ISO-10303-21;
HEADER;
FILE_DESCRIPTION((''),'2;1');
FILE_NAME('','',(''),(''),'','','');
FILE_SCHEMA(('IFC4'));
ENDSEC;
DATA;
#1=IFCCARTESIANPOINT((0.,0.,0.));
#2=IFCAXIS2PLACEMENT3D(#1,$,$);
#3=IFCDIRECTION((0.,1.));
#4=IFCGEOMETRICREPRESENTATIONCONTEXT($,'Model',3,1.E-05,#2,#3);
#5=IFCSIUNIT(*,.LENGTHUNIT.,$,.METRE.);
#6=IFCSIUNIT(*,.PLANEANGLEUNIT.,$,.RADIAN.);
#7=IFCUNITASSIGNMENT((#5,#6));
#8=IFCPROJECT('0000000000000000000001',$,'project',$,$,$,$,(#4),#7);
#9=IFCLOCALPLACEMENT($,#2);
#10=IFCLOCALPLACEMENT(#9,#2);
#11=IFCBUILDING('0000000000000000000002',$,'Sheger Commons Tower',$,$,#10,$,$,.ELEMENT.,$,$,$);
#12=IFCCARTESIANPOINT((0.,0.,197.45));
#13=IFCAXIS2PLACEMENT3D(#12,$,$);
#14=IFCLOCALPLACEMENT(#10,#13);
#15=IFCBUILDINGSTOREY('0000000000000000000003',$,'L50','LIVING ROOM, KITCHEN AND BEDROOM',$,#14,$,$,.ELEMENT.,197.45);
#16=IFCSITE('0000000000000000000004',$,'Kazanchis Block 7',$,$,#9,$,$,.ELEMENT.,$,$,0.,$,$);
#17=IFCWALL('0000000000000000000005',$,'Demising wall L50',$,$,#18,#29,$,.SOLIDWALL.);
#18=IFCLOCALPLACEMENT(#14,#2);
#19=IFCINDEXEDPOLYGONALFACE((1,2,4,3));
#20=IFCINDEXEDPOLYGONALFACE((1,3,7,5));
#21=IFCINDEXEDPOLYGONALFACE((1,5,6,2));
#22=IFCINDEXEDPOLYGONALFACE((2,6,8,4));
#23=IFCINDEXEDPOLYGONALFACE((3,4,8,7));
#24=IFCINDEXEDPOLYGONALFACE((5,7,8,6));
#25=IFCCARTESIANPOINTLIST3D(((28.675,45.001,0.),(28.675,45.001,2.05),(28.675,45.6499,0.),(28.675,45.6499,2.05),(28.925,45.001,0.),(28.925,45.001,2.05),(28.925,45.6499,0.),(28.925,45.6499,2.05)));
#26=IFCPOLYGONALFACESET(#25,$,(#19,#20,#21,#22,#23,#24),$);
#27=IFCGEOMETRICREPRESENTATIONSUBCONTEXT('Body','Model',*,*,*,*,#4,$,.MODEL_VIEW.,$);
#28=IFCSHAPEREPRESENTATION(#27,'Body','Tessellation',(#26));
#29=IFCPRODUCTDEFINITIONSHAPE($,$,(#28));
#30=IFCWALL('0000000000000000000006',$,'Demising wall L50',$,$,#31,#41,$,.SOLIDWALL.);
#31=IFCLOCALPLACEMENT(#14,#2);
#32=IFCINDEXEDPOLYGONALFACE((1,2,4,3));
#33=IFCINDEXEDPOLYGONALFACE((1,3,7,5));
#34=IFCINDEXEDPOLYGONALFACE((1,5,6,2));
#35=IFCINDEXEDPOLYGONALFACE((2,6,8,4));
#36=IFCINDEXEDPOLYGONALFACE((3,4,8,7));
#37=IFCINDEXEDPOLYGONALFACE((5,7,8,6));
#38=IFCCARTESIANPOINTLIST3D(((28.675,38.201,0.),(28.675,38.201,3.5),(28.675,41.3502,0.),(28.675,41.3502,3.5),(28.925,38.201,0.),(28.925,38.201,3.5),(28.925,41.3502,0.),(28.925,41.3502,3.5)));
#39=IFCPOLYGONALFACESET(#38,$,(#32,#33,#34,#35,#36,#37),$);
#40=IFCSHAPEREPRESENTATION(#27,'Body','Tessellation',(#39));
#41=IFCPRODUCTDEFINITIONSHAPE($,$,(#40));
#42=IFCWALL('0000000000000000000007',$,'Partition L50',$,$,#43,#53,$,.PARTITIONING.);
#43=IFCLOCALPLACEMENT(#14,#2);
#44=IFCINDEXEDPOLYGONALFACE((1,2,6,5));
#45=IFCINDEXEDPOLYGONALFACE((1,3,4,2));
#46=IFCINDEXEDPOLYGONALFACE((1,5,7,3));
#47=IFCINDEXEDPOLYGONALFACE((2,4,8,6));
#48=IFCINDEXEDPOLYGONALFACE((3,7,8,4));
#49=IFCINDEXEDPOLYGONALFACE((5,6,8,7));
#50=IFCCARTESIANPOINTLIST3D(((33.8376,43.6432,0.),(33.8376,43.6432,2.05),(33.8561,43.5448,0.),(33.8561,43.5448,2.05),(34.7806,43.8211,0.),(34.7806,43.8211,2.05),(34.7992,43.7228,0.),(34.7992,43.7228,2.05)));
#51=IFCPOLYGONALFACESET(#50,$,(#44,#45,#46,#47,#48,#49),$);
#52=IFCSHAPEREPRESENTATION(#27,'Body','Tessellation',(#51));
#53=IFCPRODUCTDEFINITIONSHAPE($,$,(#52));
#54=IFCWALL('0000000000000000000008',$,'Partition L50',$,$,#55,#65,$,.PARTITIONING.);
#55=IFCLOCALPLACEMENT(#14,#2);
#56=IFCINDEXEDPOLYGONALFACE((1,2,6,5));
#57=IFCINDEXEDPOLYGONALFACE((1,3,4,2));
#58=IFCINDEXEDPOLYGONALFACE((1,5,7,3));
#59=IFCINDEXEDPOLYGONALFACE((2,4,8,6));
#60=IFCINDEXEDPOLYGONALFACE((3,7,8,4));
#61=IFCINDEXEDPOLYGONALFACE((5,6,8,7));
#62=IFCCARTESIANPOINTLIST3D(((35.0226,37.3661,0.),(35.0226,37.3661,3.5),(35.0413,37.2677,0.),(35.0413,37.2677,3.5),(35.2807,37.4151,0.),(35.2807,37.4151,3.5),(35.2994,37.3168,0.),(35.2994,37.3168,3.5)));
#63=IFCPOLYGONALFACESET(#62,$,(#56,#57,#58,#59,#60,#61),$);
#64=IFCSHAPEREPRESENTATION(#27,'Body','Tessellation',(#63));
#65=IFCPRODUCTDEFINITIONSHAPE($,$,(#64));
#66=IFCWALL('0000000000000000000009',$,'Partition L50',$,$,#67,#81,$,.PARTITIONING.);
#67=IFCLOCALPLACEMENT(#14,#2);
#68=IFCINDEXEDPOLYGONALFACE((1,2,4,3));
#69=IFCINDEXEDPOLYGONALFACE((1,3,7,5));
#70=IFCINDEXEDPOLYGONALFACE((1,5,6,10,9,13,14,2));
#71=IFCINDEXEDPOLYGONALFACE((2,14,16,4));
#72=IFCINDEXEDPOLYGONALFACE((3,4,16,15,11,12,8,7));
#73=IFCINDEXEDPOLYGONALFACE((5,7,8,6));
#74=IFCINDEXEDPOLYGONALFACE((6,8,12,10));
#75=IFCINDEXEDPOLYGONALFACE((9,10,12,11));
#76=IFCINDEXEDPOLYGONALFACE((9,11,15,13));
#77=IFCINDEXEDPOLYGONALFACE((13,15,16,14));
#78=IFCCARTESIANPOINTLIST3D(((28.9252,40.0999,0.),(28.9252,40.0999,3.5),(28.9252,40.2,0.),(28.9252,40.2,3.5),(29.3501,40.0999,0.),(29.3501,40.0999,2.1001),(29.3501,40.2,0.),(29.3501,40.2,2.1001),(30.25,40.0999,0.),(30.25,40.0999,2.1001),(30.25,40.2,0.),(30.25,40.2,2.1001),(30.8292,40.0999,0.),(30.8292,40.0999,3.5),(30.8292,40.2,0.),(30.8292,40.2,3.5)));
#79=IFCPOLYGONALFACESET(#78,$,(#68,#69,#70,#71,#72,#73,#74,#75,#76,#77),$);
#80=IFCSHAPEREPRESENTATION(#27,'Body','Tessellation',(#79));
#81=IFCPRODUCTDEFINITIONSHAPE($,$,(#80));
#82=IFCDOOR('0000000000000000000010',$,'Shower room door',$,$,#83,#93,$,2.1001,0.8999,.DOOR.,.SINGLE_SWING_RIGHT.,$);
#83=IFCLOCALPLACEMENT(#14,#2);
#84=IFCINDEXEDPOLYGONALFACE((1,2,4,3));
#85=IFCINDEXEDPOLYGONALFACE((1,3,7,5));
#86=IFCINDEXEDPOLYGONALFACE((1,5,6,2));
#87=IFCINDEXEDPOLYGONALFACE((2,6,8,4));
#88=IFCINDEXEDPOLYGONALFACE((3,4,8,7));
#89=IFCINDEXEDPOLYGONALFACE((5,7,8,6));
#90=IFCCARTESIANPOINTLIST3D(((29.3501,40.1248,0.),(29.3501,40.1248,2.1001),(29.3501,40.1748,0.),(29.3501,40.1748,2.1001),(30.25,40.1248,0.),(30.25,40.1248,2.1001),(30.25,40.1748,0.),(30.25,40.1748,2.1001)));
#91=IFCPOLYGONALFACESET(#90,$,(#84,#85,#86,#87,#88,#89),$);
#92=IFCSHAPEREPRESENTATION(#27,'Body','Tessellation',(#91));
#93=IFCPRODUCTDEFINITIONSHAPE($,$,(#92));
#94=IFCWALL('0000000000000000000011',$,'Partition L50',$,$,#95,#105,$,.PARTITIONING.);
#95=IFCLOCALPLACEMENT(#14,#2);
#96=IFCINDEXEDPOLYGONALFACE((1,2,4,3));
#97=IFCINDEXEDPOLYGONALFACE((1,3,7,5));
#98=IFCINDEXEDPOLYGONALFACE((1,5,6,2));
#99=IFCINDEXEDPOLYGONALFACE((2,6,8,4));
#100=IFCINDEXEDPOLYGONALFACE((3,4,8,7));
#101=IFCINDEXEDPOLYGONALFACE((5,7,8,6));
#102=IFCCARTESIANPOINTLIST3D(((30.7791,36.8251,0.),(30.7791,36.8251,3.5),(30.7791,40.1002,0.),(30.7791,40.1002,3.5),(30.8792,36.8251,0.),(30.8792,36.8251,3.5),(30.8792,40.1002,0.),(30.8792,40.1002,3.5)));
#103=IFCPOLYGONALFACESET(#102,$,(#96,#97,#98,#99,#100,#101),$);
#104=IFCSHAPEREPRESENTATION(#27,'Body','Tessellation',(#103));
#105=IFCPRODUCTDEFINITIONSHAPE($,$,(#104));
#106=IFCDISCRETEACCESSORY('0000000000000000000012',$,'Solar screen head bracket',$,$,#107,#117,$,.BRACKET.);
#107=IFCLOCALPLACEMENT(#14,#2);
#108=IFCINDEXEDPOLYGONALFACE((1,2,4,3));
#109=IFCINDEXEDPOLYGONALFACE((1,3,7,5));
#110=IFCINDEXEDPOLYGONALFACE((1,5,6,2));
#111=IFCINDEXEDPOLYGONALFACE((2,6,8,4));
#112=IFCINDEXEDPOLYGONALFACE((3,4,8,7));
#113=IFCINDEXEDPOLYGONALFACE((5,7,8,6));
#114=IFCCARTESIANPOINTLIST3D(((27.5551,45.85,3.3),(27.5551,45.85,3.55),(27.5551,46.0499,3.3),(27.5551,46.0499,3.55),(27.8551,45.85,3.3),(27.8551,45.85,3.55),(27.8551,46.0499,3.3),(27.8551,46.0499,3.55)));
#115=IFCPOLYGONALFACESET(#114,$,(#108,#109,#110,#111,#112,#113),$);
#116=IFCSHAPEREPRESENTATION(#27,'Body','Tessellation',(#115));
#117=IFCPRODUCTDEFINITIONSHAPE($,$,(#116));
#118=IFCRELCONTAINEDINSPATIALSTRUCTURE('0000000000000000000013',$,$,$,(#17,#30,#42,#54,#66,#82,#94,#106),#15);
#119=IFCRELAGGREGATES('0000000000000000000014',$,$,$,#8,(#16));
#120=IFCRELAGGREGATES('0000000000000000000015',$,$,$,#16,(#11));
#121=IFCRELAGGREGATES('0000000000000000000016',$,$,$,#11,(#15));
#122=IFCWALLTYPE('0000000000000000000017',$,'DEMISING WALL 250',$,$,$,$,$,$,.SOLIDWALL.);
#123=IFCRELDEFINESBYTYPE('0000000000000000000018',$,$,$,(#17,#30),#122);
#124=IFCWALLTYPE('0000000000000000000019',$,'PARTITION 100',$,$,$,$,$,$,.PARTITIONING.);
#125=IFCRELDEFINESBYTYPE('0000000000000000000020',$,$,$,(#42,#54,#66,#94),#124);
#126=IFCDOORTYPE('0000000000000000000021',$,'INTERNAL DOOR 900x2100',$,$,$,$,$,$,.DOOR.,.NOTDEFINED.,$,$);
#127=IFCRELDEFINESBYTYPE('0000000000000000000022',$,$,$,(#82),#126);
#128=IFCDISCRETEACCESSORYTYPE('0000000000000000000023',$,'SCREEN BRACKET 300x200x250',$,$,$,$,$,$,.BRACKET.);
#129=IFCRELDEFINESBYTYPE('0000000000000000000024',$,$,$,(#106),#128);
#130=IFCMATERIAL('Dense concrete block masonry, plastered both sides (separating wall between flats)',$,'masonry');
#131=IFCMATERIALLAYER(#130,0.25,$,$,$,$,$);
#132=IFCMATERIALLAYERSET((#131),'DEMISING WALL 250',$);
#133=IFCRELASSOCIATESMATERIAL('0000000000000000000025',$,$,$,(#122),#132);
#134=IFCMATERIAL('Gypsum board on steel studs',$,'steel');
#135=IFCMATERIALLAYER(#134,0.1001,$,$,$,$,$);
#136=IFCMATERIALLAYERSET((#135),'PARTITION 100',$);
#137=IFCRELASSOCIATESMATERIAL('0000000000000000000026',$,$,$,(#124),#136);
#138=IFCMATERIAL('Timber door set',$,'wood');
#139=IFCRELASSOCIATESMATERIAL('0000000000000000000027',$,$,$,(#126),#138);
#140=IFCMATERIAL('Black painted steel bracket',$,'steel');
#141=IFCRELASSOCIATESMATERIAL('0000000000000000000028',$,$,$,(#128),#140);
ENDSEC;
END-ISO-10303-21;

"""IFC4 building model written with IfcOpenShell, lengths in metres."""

from ifc_helpers import new_model, si_unit, direction, frame, frame_2d, origin, origin_2d, place, context, subcontext, project, spatial, rectangle, extrude, material, layer, layer_set, type_object, element, fill, save


model = new_model("IFC4")

# Units and contexts
model_context = context("Model", 3, precision=1e-05, world=origin(), true_north=direction((0.0, 1.0)))
body_context = subcontext(model_context, "Body", "Model", "MODEL_VIEW")
ifc_project = project(units=[si_unit("LENGTHUNIT", "METRE"), si_unit("PLANEANGLEUNIT", "RADIAN")], contexts=[model_context])

# Site, building, storey
site_placement = place(None, origin())
site = spatial("IfcSite", under=ifc_project, at=site_placement, Name="Kazanchis Block 7", CompositionType="ELEMENT", RefElevation=0.0)
building_placement = place(site_placement, origin())
building = spatial("IfcBuilding", under=site, at=building_placement, Name="Sheger Commons Tower", CompositionType="ELEMENT")
storey_placement = place(building_placement, frame((0.0, 0.0, 197.45)))
storey = spatial("IfcBuildingStorey", under=building, at=storey_placement, Name="L50", Description="LIVING ROOM, KITCHEN AND BEDROOM", CompositionType="ELEMENT", Elevation=197.45)

# Walls
ifc_material_1 = material(Name="Dense concrete block masonry, plastered both sides (separating wall between flats)", Category="masonry")
ifc_layer_1 = layer(ifc_material_1, 0.25)
ifc_layer_set_1 = layer_set([ifc_layer_1], Name="DEMISING WALL 250")
wall_type_1 = type_object("IfcWallType", Name="DEMISING WALL 250", PredefinedType="SOLIDWALL", material=ifc_layer_set_1)
wall_1_placement = place(storey_placement, frame((28.8, 45.001, 0.0), z_axis=(0.0, 0.0, 1.0), x_axis=(0.0, 1.0, 0.0)))
element("IfcWall", 1, at=wall_1_placement, inside=storey, type_object=wall_type_1, Name="Demising wall L50", PredefinedType="SOLIDWALL", context=body_context, shape_type="SweptSolid", body=[
    extrude(rectangle(XDim=0.6489, YDim=0.25, at=frame_2d((0.3245, 0.0))), origin(), (0.0, 0.0, 1.0), 2.05),
])
wall_2_placement = place(storey_placement, frame((28.8, 38.2009, 0.0), z_axis=(0.0, 0.0, 1.0), x_axis=(0.0, 1.0, 0.0)))
element("IfcWall", 2, at=wall_2_placement, inside=storey, type_object=wall_type_1, Name="Demising wall L50", PredefinedType="SOLIDWALL", context=body_context, shape_type="SweptSolid", body=[
    extrude(rectangle(XDim=3.1492, YDim=0.25, at=frame_2d((1.5747, 0.0))), origin(), (0.0, 0.0, 1.0), 3.5),
])
ifc_material_2 = material(Name="Gypsum board on steel studs", Category="steel")
ifc_layer_2 = layer(ifc_material_2, 0.1001)
ifc_layer_set_2 = layer_set([ifc_layer_2], Name="PARTITION 100")
wall_type_2 = type_object("IfcWallType", Name="PARTITION 100", PredefinedType="PARTITIONING", material=ifc_layer_set_2)
wall_3_placement = place(storey_placement, frame((34.79, 43.772, 0.0), z_axis=(0.0, 0.0, 1.0), x_axis=(-0.982656, -0.18544, 0.0)))
element("IfcWall", 3, at=wall_3_placement, inside=storey, type_object=wall_type_2, Name="Partition L50", PredefinedType="PARTITIONING", context=body_context, shape_type="SweptSolid", body=[
    extrude(rectangle(XDim=0.9597, YDim=0.1001, at=frame_2d((0.48, 0.0))), origin(), (0.0, 0.0, 1.0), 2.05),
])
wall_4_placement = place(storey_placement, frame((35.29, 37.366, 0.0), z_axis=(0.0, 0.0, 1.0), x_axis=(-0.982395, -0.186813, 0.0)))
element("IfcWall", 4, at=wall_4_placement, inside=storey, type_object=wall_type_2, Name="Partition L50", PredefinedType="PARTITIONING", context=body_context, shape_type="SweptSolid", body=[
    extrude(rectangle(XDim=0.2627, YDim=0.1001, at=frame_2d((0.1313, 0.0))), origin(), (0.0, 0.0, 1.0), 3.5),
])

# Wall, opening, door
wall_5_placement = place(storey_placement, frame((28.925, 40.1499, 0.0), z_axis=(0.0, 0.0, 1.0), x_axis=(1.0, 0.0, 0.0)))
wall_5 = element("IfcWall", 5, at=wall_5_placement, inside=storey, type_object=wall_type_2, Name="Partition L50", PredefinedType="PARTITIONING", context=body_context, shape_type="SweptSolid", body=[
    extrude(rectangle(XDim=1.9041, YDim=0.1001, at=frame_2d((0.9521, 0.0))), origin(), (0.0, 0.0, 1.0), 3.5),
])
opening_1_placement = place(wall_5_placement, frame((0.425, 0.0, 0.0)))
opening_1 = element("IfcOpeningElement", 6, at=opening_1_placement, cuts=wall_5, PredefinedType="OPENING", context=body_context, shape_type="SweptSolid", body=[
    extrude(rectangle(XDim=0.8999, YDim=2.1001, at=frame_2d((0.45, 1.05))), frame((0.0, 0.0601, 0.0), z_axis=(0.0, -1.0, 0.0), x_axis=(1.0, 0.0, 0.0)), (0.0, 0.0, 1.0), 0.1201),
])
ifc_material_3 = material(Name="Timber door set", Category="wood")
door_type_1 = type_object("IfcDoorType", Name="INTERNAL DOOR 900x2100", OperationType="NOTDEFINED", PredefinedType="DOOR", material=ifc_material_3)
door_1_placement = place(opening_1_placement, origin())
door_1 = element("IfcDoor", 7, at=door_1_placement, inside=storey, type_object=door_type_1, Name="Shower room door", OperationType="SINGLE_SWING_RIGHT", OverallHeight=2.1001, OverallWidth=0.8999, PredefinedType="DOOR", context=body_context, shape_type="SweptSolid", body=[
    extrude(rectangle(XDim=0.8999, YDim=2.1001, at=frame_2d((0.45, 1.05))), frame((0.0, 0.0249, 0.0), z_axis=(0.0, -1.0, 0.0), x_axis=(1.0, 0.0, 0.0)), (0.0, 0.0, 1.0), 0.05),
])
fill(opening_1, door_1)

# Wall
wall_6_placement = place(storey_placement, frame((30.8291, 36.825, 0.0), z_axis=(0.0, 0.0, 1.0), x_axis=(0.0, 1.0, 0.0)))
element("IfcWall", 8, at=wall_6_placement, inside=storey, type_object=wall_type_2, Name="Partition L50", PredefinedType="PARTITIONING", context=body_context, shape_type="SweptSolid", body=[
    extrude(rectangle(XDim=3.2751, YDim=0.1001, at=frame_2d((1.6377, 0.0))), origin(), (0.0, 0.0, 1.0), 3.5),
])

# Discrete accessory
ifc_material_4 = material(Name="Black painted steel bracket", Category="steel")
discrete_accessory_type = type_object("IfcDiscreteAccessoryType", Name="SCREEN BRACKET 300x200x250", PredefinedType="BRACKET", material=ifc_material_4)
discrete_accessory_placement = place(storey_placement, frame((27.7051, 45.95, 3.3), z_axis=(0.0, 0.0, 1.0), x_axis=(-1.0, 0.0, 0.0)))
element("IfcDiscreteAccessory", 9, at=discrete_accessory_placement, inside=storey, type_object=discrete_accessory_type, Name="Solar screen head bracket", PredefinedType="BRACKET", context=body_context, shape_type="SweptSolid", body=[
    extrude(rectangle(XDim=0.3, YDim=0.2, at=origin_2d()), origin(), (0.0, 0.0, 1.0), 0.25),
])

save(model, "model.ifc")
